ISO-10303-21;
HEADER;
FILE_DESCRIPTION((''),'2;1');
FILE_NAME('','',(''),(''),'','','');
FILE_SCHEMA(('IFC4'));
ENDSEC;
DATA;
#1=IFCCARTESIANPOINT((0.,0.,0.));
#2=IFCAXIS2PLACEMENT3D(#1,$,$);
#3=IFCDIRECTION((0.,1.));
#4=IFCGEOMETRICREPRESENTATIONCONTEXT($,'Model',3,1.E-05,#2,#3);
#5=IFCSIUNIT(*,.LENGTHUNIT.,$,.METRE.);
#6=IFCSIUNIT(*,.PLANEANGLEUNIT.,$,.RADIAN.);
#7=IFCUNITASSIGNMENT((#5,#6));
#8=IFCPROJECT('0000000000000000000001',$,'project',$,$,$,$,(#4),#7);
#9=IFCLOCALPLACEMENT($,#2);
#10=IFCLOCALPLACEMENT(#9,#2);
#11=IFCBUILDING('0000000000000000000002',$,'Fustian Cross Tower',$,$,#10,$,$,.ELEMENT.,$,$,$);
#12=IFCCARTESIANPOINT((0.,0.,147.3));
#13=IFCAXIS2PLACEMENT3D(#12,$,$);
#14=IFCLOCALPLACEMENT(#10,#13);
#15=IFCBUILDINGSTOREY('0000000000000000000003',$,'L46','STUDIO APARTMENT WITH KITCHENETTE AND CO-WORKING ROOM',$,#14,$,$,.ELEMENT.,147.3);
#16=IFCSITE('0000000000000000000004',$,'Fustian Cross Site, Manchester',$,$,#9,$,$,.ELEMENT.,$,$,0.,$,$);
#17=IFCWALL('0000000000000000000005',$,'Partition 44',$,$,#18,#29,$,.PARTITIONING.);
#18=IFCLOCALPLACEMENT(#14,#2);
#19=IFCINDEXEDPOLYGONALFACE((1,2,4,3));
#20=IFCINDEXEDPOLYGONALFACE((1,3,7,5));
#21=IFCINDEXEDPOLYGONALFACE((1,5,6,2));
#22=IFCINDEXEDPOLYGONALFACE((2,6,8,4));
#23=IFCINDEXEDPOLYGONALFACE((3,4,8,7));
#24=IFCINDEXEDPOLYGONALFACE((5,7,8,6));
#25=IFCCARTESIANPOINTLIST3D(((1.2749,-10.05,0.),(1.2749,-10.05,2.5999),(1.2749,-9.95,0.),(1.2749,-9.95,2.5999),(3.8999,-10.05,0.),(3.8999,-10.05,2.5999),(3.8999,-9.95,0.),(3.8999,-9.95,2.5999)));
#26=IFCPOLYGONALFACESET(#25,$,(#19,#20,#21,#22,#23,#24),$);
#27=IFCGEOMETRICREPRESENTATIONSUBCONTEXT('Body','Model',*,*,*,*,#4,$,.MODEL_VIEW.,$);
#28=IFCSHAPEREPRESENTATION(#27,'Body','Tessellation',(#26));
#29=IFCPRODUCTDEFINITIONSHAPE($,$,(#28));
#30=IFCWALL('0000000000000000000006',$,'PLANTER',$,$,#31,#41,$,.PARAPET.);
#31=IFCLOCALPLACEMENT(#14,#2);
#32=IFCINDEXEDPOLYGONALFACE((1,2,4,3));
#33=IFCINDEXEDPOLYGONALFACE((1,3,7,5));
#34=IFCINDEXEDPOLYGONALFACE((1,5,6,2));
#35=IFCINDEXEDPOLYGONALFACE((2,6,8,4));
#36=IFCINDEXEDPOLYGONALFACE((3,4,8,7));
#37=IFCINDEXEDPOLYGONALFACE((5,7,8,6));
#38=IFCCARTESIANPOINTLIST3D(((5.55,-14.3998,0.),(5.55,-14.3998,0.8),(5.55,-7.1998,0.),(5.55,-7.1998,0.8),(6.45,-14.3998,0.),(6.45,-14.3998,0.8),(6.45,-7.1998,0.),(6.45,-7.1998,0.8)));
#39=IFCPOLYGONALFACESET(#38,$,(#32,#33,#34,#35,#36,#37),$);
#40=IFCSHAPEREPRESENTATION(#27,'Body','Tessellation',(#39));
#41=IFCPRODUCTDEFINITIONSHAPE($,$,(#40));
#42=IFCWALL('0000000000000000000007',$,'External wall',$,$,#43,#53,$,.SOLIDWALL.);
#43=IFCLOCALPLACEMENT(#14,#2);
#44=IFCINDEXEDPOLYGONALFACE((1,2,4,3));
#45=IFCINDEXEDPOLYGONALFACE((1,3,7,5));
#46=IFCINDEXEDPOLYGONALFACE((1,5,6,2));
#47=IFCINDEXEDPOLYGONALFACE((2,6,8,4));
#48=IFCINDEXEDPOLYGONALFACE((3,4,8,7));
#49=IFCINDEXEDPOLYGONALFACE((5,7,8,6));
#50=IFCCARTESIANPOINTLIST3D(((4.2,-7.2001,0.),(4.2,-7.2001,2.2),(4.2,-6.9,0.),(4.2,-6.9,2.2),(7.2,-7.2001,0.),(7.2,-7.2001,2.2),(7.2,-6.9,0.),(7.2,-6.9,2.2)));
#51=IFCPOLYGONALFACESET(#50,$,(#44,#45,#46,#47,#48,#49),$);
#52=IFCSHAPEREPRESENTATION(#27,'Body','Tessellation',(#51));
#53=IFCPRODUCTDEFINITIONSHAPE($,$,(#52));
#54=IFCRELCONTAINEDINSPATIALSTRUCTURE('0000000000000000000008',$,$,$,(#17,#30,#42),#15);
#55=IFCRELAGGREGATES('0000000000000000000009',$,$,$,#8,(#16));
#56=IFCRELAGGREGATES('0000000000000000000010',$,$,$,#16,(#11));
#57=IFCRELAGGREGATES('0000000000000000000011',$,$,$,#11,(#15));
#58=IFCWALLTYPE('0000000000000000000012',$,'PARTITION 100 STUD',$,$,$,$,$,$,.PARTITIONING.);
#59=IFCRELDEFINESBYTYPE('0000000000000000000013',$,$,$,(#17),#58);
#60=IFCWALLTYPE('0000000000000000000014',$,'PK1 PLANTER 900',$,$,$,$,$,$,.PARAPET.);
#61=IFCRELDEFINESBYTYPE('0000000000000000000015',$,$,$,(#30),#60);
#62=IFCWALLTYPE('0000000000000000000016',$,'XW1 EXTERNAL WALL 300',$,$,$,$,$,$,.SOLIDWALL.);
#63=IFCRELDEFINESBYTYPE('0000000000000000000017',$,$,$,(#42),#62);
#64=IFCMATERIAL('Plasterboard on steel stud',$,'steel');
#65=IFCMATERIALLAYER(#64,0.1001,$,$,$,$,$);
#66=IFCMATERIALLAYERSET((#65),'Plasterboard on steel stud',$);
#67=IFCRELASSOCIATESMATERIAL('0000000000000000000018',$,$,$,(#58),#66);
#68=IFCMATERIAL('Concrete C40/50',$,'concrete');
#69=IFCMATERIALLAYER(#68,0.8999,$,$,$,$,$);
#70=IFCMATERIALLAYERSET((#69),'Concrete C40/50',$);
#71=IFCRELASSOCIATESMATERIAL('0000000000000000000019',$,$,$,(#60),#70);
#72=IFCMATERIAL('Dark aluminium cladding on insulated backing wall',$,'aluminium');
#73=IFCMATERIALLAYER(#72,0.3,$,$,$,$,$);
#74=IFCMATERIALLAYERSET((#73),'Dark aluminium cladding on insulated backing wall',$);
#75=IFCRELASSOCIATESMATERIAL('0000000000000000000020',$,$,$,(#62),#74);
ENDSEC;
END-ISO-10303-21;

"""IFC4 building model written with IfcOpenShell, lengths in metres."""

from ifc_helpers import new_model, si_unit, direction, frame, frame_2d, origin, place, context, subcontext, project, spatial, rectangle, extrude, material, layer, layer_set, type_object, element, save


model = new_model("IFC4")

# Units and contexts
model_context = context("Model", 3, precision=1e-05, world=origin(), true_north=direction((0.0, 1.0)))
body_context = subcontext(model_context, "Body", "Model", "MODEL_VIEW")
ifc_project = project(units=[si_unit("LENGTHUNIT", "METRE"), si_unit("PLANEANGLEUNIT", "RADIAN")], contexts=[model_context])

# Site, building, storey
site_placement = place(None, origin())
site = spatial("IfcSite", under=ifc_project, at=site_placement, Name="Fustian Cross Site, Manchester", CompositionType="ELEMENT", RefElevation=0.0)
building_placement = place(site_placement, origin())
building = spatial("IfcBuilding", under=site, at=building_placement, Name="Fustian Cross Tower", CompositionType="ELEMENT")
storey_placement = place(building_placement, frame((0.0, 0.0, 147.3)))
storey = spatial("IfcBuildingStorey", under=building, at=storey_placement, Name="L46", Description="STUDIO APARTMENT WITH KITCHENETTE AND CO-WORKING ROOM", CompositionType="ELEMENT", Elevation=147.3)

# Walls
ifc_material_1 = material(Name="Plasterboard on steel stud", Category="steel")
ifc_layer_1 = layer(ifc_material_1, 0.1001)
ifc_layer_set_1 = layer_set([ifc_layer_1], Name="Plasterboard on steel stud")
wall_type_1 = type_object("IfcWallType", Name="PARTITION 100 STUD", PredefinedType="PARTITIONING", material=ifc_layer_set_1)
wall_1_placement = place(storey_placement, frame((1.2749, -10.0, 0.0), z_axis=(0.0, 0.0, 1.0), x_axis=(1.0, 0.0, 0.0)))
element("IfcWall", 1, at=wall_1_placement, inside=storey, type_object=wall_type_1, Name="Partition 44", PredefinedType="PARTITIONING", context=body_context, shape_type="SweptSolid", body=[
    extrude(rectangle(XDim=2.625, YDim=0.1001, at=frame_2d((1.3125, 0.0))), origin(), (0.0, 0.0, 1.0), 2.5999),
])
ifc_material_2 = material(Name="Concrete C40/50", Category="concrete")
ifc_layer_2 = layer(ifc_material_2, 0.8999)
ifc_layer_set_2 = layer_set([ifc_layer_2], Name="Concrete C40/50")
wall_type_2 = type_object("IfcWallType", Name="PK1 PLANTER 900", PredefinedType="PARAPET", material=ifc_layer_set_2)
wall_2_placement = place(storey_placement, frame((6.0, -14.3999, 0.0), z_axis=(0.0, 0.0, 1.0), x_axis=(0.0, 1.0, 0.0)))
element("IfcWall", 2, at=wall_2_placement, inside=storey, type_object=wall_type_2, Name="PLANTER", PredefinedType="PARAPET", context=body_context, shape_type="SweptSolid", body=[
    extrude(rectangle(XDim=7.2, YDim=0.8999, at=frame_2d((3.6001, 0.0))), origin(), (0.0, 0.0, 1.0), 0.8),
])
ifc_material_3 = material(Name="Dark aluminium cladding on insulated backing wall", Category="aluminium")
ifc_layer_3 = layer(ifc_material_3, 0.3)
ifc_layer_set_3 = layer_set([ifc_layer_3], Name="Dark aluminium cladding on insulated backing wall")
wall_type_3 = type_object("IfcWallType", Name="XW1 EXTERNAL WALL 300", PredefinedType="SOLIDWALL", material=ifc_layer_set_3)
wall_3_placement = place(storey_placement, frame((4.2, -7.05, 0.0), z_axis=(0.0, 0.0, 1.0), x_axis=(1.0, 0.0, 0.0)))
element("IfcWall", 3, at=wall_3_placement, inside=storey, type_object=wall_type_3, Name="External wall", PredefinedType="SOLIDWALL", context=body_context, shape_type="SweptSolid", body=[
    extrude(rectangle(XDim=3.0, YDim=0.3, at=frame_2d((1.5, 0.0))), origin(), (0.0, 0.0, 1.0), 2.2),
])

save(model, "model.ifc")
